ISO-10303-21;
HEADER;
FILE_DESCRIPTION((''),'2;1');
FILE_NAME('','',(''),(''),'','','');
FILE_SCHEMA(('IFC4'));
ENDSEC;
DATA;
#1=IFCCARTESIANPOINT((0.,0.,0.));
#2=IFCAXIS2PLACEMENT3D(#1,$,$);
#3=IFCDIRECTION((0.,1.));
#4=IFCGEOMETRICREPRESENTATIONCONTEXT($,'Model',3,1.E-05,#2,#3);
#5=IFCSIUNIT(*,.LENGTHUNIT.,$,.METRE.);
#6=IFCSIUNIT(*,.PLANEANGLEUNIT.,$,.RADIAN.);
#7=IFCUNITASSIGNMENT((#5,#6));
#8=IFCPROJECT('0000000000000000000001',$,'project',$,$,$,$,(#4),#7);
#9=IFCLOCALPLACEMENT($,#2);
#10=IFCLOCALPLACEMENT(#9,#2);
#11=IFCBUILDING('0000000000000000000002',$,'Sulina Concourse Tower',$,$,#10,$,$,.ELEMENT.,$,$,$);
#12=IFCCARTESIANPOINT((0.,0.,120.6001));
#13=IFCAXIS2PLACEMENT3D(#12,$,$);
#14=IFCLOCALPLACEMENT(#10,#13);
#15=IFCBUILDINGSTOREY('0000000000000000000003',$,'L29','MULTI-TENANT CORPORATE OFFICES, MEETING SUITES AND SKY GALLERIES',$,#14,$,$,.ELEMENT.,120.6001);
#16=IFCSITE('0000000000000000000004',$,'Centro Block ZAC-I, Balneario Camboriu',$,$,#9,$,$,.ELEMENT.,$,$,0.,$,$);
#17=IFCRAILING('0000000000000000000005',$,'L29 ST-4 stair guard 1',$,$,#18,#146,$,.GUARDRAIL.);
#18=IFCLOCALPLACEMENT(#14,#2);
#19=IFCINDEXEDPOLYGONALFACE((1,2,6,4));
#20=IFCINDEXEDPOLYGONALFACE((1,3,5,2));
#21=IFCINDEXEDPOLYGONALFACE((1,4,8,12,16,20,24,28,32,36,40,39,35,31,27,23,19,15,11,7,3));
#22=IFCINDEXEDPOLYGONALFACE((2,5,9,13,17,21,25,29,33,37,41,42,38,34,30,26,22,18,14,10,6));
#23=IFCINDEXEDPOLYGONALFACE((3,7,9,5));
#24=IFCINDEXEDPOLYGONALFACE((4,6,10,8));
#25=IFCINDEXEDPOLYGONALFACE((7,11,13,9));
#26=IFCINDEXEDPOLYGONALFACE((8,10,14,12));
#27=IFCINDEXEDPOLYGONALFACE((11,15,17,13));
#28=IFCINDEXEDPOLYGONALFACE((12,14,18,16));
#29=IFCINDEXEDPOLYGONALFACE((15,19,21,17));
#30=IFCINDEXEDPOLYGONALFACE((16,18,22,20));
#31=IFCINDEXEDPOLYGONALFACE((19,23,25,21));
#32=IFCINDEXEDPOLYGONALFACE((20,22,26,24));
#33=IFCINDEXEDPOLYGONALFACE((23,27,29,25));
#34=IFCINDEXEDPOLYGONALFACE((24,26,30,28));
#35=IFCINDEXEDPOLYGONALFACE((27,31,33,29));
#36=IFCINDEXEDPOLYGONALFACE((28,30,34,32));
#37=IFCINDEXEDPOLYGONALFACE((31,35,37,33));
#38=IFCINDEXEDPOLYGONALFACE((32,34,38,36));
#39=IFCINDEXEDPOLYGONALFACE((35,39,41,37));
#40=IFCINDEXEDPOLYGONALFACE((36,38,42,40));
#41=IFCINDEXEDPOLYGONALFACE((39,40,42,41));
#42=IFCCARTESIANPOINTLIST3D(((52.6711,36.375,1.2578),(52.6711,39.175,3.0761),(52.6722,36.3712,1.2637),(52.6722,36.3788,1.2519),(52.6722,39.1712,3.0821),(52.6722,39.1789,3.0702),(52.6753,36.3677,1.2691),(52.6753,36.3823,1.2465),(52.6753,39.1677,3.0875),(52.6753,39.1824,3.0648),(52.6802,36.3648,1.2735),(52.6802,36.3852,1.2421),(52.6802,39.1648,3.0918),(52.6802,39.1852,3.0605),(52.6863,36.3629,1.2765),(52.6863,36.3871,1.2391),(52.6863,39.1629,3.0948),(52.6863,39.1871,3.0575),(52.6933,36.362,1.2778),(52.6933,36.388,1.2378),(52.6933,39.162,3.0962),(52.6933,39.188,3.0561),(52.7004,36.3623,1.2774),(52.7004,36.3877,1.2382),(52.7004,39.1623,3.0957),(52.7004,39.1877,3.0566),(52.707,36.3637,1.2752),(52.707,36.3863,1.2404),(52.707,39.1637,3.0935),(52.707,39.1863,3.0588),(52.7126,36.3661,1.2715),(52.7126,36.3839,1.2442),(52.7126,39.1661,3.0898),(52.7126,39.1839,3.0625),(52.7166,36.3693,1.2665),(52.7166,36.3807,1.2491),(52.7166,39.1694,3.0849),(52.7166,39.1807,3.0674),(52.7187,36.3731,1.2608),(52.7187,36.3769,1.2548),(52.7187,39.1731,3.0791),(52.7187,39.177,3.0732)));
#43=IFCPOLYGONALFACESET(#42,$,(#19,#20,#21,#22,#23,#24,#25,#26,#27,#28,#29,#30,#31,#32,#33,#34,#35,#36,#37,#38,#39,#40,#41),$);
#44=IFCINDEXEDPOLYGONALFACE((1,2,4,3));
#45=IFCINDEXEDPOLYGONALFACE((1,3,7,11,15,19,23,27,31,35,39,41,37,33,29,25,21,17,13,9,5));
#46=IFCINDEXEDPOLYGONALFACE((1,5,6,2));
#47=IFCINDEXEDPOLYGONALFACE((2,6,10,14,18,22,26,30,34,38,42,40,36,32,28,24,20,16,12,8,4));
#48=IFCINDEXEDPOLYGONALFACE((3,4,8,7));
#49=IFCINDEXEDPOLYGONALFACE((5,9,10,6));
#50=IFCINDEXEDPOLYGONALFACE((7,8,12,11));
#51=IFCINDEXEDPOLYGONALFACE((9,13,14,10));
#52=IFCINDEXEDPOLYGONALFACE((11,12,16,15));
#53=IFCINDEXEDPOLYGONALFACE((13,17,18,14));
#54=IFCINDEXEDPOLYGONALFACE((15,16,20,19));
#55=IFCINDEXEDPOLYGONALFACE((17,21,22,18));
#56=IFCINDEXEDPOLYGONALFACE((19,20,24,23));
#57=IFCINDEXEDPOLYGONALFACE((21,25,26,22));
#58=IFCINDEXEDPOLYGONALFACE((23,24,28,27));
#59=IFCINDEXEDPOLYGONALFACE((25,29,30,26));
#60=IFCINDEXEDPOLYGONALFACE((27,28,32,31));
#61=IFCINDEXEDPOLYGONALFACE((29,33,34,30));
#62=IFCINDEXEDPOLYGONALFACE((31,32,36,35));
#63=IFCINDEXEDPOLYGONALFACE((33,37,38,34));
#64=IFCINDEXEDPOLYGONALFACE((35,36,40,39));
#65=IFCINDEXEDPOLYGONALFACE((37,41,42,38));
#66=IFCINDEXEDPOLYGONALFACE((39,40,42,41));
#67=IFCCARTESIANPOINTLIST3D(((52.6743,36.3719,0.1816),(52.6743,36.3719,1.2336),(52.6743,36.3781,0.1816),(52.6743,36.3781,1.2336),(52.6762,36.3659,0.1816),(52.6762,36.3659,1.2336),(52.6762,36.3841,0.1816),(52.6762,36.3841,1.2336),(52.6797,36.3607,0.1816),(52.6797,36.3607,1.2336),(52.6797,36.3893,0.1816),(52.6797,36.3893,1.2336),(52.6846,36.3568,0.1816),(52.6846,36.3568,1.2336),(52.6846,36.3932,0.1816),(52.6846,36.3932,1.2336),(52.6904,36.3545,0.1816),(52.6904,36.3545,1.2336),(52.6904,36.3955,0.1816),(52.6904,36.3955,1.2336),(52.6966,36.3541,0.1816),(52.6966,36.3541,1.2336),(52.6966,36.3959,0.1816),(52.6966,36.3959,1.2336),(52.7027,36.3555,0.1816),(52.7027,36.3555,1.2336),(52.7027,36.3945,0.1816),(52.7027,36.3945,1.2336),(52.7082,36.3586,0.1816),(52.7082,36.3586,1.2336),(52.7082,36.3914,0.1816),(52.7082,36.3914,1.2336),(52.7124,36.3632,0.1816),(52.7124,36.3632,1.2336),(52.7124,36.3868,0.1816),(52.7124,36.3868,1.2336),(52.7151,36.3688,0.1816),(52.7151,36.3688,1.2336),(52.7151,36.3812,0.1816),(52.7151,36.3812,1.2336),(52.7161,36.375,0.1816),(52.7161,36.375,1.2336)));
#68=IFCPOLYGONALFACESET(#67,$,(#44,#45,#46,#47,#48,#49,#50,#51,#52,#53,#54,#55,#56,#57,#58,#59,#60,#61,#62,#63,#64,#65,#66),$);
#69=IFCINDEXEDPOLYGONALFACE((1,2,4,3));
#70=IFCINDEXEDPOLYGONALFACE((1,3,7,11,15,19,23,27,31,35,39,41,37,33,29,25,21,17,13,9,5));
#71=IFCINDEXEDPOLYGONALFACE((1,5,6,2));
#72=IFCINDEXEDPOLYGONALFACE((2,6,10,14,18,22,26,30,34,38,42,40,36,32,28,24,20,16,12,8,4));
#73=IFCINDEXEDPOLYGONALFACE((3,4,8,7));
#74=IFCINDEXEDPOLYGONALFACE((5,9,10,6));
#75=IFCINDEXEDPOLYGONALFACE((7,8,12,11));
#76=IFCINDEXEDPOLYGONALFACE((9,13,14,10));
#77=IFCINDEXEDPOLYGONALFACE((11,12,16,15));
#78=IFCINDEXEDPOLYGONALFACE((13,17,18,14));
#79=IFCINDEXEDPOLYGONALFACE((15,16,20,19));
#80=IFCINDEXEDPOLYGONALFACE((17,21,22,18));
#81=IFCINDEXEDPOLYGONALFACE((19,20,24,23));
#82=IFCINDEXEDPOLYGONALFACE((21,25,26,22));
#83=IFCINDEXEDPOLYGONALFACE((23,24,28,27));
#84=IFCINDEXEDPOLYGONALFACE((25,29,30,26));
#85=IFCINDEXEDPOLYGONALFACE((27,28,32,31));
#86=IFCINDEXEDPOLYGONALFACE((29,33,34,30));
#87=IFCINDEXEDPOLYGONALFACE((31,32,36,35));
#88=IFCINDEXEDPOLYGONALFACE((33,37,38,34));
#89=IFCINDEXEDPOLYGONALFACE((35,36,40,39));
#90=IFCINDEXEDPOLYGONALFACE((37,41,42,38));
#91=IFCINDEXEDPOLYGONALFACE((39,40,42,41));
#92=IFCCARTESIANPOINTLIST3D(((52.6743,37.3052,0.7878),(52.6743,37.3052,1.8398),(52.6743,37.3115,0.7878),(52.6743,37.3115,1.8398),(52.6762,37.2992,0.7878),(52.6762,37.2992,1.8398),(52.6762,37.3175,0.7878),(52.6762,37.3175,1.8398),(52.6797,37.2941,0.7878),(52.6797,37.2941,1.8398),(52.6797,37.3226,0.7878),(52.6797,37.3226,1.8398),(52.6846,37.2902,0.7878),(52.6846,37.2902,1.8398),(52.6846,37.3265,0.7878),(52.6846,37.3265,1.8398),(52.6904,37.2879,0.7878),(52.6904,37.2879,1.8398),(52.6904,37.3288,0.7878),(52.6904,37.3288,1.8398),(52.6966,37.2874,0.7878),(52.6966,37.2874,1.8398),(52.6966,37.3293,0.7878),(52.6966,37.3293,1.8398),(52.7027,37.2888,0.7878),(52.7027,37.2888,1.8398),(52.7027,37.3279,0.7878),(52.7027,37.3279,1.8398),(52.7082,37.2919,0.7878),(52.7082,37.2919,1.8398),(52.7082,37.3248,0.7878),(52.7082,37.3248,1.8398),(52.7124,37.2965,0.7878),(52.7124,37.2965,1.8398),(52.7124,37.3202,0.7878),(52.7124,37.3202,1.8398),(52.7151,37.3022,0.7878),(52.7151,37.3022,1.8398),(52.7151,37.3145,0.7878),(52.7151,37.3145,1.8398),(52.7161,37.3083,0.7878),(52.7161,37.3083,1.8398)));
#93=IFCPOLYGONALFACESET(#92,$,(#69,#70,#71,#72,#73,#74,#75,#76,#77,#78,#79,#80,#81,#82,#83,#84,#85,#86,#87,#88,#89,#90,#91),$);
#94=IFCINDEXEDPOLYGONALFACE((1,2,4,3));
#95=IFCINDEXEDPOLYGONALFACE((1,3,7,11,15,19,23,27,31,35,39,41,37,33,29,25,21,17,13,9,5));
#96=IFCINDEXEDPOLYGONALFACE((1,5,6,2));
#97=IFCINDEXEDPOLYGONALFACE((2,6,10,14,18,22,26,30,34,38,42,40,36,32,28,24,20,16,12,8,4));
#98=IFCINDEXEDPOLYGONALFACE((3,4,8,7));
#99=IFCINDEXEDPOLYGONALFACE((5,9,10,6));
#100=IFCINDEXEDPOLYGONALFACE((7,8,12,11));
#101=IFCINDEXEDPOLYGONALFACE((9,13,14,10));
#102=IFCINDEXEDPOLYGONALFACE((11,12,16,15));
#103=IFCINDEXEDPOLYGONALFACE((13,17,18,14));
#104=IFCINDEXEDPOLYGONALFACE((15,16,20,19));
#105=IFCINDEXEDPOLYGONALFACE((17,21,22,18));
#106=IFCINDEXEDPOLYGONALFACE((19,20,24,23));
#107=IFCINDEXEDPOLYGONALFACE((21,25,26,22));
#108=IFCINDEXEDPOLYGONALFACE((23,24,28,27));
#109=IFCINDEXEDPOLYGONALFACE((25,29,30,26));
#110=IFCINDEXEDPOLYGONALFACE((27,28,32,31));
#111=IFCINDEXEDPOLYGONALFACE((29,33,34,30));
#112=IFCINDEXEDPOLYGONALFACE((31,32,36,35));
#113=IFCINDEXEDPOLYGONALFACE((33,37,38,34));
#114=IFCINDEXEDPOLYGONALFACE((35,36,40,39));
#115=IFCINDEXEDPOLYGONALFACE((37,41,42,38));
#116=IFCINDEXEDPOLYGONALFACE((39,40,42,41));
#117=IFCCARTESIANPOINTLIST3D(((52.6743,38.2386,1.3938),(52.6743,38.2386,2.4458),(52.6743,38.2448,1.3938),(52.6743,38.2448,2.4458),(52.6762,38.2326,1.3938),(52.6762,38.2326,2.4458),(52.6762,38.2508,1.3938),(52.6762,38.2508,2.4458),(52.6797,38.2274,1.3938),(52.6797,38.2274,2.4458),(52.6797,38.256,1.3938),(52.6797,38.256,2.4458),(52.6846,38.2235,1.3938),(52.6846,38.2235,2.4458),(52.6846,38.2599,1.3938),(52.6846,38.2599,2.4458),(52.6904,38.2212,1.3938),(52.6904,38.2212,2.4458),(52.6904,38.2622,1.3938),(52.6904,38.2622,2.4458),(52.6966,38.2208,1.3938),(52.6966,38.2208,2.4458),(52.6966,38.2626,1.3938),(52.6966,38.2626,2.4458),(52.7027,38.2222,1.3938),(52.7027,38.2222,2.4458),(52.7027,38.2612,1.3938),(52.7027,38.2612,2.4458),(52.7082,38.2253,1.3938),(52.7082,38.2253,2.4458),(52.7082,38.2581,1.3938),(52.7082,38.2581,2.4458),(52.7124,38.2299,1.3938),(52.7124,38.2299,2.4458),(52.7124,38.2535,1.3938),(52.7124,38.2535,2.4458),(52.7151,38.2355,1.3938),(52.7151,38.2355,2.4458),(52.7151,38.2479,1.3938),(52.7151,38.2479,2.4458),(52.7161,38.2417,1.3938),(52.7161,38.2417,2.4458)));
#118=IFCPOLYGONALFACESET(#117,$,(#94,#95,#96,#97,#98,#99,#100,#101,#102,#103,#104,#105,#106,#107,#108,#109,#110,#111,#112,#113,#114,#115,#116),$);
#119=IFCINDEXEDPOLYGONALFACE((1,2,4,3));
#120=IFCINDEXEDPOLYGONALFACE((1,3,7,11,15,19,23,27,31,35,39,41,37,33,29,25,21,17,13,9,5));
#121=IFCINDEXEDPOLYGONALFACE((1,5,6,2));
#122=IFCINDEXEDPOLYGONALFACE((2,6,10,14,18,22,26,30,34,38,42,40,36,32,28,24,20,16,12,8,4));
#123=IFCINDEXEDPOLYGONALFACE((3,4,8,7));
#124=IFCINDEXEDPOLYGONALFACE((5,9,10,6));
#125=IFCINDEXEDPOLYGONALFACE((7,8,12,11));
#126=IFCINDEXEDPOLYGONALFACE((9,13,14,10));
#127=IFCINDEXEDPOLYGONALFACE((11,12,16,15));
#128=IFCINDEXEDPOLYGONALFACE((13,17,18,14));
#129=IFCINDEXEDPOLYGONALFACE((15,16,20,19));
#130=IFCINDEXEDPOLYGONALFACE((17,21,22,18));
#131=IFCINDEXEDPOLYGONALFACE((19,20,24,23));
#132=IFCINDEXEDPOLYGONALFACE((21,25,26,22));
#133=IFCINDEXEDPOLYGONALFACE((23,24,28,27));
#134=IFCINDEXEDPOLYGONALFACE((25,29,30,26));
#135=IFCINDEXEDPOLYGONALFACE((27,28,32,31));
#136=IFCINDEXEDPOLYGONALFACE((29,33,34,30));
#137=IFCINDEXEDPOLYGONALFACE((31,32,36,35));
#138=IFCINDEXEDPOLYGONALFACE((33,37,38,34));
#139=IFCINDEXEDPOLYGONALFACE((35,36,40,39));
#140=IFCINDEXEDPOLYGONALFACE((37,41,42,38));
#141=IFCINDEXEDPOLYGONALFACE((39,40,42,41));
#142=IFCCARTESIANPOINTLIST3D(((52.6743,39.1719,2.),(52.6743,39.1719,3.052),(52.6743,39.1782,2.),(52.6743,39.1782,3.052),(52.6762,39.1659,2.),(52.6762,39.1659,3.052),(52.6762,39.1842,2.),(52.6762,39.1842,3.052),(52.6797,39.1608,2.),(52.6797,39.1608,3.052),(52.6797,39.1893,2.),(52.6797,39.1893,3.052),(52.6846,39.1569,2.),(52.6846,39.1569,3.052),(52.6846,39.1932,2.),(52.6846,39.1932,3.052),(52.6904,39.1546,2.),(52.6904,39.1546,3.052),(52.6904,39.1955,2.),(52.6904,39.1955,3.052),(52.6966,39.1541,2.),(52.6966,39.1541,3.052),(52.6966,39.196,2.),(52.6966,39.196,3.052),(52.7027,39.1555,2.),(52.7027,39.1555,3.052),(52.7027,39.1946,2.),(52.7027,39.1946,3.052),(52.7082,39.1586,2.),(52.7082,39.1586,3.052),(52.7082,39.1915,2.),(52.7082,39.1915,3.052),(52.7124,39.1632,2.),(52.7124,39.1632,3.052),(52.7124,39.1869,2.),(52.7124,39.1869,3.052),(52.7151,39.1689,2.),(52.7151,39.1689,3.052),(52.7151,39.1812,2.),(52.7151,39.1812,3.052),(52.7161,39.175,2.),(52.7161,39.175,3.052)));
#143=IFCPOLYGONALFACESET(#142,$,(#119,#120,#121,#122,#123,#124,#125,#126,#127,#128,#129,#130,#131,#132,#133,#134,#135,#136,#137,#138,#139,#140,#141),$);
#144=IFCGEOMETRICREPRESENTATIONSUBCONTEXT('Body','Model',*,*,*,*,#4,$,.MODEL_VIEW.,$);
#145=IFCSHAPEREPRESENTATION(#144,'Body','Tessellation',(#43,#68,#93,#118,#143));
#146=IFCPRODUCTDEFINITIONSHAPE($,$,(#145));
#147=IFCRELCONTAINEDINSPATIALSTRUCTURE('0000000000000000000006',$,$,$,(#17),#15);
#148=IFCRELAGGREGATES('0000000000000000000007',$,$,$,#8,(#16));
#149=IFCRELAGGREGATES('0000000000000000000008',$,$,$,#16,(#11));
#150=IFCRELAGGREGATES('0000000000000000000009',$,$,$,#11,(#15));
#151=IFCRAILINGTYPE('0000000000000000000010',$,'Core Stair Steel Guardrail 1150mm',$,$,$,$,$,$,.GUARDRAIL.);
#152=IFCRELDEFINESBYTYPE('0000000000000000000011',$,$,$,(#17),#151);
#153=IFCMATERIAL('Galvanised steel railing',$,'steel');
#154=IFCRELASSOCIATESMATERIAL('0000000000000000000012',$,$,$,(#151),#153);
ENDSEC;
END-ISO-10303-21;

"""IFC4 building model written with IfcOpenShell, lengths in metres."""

from ifc_helpers import new_model, si_unit, direction, frame, origin, origin_2d, place, context, subcontext, project, spatial, circle, extrude, material, type_object, element, save


model = new_model("IFC4")

# Units and contexts
model_context = context("Model", 3, precision=1e-05, world=origin(), true_north=direction((0.0, 1.0)))
body_context = subcontext(model_context, "Body", "Model", "MODEL_VIEW")
ifc_project = project(units=[si_unit("LENGTHUNIT", "METRE"), si_unit("PLANEANGLEUNIT", "RADIAN")], contexts=[model_context])

# Site, building, storey
site_placement = place(None, origin())
site = spatial("IfcSite", under=ifc_project, at=site_placement, Name="Centro Block ZAC-I, Balneario Camboriu", CompositionType="ELEMENT", RefElevation=0.0)
building_placement = place(site_placement, origin())
building = spatial("IfcBuilding", under=site, at=building_placement, Name="Sulina Concourse Tower", CompositionType="ELEMENT")
storey_placement = place(building_placement, frame((0.0, 0.0, 120.6001)))
storey = spatial("IfcBuildingStorey", under=building, at=storey_placement, Name="L29", Description="MULTI-TENANT CORPORATE OFFICES, MEETING SUITES AND SKY GALLERIES", CompositionType="ELEMENT", Elevation=120.6001)

# Railing
ifc_material_1 = material(Name="Galvanised steel railing", Category="steel")
railing_type_1 = type_object("IfcRailingType", Name="Core Stair Steel Guardrail 1150mm", PredefinedType="GUARDRAIL", material=ifc_material_1)
railing_1_placement = place(storey_placement, frame((52.6951, 36.375, 0.1816)))
element("IfcRailing", 1, at=railing_1_placement, inside=storey, type_object=railing_type_1, Name="L29 ST-4 stair guard 1", PredefinedType="GUARDRAIL", context=body_context, shape_type="SweptSolid", body=[
    extrude(circle(Radius=0.0239, at=origin_2d()), frame((0.0, 0.0, 1.0762), z_axis=(0.0, 0.838672, 0.544636), x_axis=(-1.0, 0.0, 0.0)), (0.0, 0.0, 1.0), 3.3386),
    extrude(circle(Radius=0.021, at=origin_2d()), origin(), (0.0, 0.0, 1.0), 1.052),
    extrude(circle(Radius=0.021, at=origin_2d()), frame((0.0, 0.9333, 0.6062)), (0.0, 0.0, 1.0), 1.052),
    extrude(circle(Radius=0.021, at=origin_2d()), frame((0.0, 1.8667, 1.2122)), (0.0, 0.0, 1.0), 1.052),
    extrude(circle(Radius=0.021, at=origin_2d()), frame((0.0, 2.8, 1.8184)), (0.0, 0.0, 1.0), 1.052),
])

save(model, "model.ifc")
